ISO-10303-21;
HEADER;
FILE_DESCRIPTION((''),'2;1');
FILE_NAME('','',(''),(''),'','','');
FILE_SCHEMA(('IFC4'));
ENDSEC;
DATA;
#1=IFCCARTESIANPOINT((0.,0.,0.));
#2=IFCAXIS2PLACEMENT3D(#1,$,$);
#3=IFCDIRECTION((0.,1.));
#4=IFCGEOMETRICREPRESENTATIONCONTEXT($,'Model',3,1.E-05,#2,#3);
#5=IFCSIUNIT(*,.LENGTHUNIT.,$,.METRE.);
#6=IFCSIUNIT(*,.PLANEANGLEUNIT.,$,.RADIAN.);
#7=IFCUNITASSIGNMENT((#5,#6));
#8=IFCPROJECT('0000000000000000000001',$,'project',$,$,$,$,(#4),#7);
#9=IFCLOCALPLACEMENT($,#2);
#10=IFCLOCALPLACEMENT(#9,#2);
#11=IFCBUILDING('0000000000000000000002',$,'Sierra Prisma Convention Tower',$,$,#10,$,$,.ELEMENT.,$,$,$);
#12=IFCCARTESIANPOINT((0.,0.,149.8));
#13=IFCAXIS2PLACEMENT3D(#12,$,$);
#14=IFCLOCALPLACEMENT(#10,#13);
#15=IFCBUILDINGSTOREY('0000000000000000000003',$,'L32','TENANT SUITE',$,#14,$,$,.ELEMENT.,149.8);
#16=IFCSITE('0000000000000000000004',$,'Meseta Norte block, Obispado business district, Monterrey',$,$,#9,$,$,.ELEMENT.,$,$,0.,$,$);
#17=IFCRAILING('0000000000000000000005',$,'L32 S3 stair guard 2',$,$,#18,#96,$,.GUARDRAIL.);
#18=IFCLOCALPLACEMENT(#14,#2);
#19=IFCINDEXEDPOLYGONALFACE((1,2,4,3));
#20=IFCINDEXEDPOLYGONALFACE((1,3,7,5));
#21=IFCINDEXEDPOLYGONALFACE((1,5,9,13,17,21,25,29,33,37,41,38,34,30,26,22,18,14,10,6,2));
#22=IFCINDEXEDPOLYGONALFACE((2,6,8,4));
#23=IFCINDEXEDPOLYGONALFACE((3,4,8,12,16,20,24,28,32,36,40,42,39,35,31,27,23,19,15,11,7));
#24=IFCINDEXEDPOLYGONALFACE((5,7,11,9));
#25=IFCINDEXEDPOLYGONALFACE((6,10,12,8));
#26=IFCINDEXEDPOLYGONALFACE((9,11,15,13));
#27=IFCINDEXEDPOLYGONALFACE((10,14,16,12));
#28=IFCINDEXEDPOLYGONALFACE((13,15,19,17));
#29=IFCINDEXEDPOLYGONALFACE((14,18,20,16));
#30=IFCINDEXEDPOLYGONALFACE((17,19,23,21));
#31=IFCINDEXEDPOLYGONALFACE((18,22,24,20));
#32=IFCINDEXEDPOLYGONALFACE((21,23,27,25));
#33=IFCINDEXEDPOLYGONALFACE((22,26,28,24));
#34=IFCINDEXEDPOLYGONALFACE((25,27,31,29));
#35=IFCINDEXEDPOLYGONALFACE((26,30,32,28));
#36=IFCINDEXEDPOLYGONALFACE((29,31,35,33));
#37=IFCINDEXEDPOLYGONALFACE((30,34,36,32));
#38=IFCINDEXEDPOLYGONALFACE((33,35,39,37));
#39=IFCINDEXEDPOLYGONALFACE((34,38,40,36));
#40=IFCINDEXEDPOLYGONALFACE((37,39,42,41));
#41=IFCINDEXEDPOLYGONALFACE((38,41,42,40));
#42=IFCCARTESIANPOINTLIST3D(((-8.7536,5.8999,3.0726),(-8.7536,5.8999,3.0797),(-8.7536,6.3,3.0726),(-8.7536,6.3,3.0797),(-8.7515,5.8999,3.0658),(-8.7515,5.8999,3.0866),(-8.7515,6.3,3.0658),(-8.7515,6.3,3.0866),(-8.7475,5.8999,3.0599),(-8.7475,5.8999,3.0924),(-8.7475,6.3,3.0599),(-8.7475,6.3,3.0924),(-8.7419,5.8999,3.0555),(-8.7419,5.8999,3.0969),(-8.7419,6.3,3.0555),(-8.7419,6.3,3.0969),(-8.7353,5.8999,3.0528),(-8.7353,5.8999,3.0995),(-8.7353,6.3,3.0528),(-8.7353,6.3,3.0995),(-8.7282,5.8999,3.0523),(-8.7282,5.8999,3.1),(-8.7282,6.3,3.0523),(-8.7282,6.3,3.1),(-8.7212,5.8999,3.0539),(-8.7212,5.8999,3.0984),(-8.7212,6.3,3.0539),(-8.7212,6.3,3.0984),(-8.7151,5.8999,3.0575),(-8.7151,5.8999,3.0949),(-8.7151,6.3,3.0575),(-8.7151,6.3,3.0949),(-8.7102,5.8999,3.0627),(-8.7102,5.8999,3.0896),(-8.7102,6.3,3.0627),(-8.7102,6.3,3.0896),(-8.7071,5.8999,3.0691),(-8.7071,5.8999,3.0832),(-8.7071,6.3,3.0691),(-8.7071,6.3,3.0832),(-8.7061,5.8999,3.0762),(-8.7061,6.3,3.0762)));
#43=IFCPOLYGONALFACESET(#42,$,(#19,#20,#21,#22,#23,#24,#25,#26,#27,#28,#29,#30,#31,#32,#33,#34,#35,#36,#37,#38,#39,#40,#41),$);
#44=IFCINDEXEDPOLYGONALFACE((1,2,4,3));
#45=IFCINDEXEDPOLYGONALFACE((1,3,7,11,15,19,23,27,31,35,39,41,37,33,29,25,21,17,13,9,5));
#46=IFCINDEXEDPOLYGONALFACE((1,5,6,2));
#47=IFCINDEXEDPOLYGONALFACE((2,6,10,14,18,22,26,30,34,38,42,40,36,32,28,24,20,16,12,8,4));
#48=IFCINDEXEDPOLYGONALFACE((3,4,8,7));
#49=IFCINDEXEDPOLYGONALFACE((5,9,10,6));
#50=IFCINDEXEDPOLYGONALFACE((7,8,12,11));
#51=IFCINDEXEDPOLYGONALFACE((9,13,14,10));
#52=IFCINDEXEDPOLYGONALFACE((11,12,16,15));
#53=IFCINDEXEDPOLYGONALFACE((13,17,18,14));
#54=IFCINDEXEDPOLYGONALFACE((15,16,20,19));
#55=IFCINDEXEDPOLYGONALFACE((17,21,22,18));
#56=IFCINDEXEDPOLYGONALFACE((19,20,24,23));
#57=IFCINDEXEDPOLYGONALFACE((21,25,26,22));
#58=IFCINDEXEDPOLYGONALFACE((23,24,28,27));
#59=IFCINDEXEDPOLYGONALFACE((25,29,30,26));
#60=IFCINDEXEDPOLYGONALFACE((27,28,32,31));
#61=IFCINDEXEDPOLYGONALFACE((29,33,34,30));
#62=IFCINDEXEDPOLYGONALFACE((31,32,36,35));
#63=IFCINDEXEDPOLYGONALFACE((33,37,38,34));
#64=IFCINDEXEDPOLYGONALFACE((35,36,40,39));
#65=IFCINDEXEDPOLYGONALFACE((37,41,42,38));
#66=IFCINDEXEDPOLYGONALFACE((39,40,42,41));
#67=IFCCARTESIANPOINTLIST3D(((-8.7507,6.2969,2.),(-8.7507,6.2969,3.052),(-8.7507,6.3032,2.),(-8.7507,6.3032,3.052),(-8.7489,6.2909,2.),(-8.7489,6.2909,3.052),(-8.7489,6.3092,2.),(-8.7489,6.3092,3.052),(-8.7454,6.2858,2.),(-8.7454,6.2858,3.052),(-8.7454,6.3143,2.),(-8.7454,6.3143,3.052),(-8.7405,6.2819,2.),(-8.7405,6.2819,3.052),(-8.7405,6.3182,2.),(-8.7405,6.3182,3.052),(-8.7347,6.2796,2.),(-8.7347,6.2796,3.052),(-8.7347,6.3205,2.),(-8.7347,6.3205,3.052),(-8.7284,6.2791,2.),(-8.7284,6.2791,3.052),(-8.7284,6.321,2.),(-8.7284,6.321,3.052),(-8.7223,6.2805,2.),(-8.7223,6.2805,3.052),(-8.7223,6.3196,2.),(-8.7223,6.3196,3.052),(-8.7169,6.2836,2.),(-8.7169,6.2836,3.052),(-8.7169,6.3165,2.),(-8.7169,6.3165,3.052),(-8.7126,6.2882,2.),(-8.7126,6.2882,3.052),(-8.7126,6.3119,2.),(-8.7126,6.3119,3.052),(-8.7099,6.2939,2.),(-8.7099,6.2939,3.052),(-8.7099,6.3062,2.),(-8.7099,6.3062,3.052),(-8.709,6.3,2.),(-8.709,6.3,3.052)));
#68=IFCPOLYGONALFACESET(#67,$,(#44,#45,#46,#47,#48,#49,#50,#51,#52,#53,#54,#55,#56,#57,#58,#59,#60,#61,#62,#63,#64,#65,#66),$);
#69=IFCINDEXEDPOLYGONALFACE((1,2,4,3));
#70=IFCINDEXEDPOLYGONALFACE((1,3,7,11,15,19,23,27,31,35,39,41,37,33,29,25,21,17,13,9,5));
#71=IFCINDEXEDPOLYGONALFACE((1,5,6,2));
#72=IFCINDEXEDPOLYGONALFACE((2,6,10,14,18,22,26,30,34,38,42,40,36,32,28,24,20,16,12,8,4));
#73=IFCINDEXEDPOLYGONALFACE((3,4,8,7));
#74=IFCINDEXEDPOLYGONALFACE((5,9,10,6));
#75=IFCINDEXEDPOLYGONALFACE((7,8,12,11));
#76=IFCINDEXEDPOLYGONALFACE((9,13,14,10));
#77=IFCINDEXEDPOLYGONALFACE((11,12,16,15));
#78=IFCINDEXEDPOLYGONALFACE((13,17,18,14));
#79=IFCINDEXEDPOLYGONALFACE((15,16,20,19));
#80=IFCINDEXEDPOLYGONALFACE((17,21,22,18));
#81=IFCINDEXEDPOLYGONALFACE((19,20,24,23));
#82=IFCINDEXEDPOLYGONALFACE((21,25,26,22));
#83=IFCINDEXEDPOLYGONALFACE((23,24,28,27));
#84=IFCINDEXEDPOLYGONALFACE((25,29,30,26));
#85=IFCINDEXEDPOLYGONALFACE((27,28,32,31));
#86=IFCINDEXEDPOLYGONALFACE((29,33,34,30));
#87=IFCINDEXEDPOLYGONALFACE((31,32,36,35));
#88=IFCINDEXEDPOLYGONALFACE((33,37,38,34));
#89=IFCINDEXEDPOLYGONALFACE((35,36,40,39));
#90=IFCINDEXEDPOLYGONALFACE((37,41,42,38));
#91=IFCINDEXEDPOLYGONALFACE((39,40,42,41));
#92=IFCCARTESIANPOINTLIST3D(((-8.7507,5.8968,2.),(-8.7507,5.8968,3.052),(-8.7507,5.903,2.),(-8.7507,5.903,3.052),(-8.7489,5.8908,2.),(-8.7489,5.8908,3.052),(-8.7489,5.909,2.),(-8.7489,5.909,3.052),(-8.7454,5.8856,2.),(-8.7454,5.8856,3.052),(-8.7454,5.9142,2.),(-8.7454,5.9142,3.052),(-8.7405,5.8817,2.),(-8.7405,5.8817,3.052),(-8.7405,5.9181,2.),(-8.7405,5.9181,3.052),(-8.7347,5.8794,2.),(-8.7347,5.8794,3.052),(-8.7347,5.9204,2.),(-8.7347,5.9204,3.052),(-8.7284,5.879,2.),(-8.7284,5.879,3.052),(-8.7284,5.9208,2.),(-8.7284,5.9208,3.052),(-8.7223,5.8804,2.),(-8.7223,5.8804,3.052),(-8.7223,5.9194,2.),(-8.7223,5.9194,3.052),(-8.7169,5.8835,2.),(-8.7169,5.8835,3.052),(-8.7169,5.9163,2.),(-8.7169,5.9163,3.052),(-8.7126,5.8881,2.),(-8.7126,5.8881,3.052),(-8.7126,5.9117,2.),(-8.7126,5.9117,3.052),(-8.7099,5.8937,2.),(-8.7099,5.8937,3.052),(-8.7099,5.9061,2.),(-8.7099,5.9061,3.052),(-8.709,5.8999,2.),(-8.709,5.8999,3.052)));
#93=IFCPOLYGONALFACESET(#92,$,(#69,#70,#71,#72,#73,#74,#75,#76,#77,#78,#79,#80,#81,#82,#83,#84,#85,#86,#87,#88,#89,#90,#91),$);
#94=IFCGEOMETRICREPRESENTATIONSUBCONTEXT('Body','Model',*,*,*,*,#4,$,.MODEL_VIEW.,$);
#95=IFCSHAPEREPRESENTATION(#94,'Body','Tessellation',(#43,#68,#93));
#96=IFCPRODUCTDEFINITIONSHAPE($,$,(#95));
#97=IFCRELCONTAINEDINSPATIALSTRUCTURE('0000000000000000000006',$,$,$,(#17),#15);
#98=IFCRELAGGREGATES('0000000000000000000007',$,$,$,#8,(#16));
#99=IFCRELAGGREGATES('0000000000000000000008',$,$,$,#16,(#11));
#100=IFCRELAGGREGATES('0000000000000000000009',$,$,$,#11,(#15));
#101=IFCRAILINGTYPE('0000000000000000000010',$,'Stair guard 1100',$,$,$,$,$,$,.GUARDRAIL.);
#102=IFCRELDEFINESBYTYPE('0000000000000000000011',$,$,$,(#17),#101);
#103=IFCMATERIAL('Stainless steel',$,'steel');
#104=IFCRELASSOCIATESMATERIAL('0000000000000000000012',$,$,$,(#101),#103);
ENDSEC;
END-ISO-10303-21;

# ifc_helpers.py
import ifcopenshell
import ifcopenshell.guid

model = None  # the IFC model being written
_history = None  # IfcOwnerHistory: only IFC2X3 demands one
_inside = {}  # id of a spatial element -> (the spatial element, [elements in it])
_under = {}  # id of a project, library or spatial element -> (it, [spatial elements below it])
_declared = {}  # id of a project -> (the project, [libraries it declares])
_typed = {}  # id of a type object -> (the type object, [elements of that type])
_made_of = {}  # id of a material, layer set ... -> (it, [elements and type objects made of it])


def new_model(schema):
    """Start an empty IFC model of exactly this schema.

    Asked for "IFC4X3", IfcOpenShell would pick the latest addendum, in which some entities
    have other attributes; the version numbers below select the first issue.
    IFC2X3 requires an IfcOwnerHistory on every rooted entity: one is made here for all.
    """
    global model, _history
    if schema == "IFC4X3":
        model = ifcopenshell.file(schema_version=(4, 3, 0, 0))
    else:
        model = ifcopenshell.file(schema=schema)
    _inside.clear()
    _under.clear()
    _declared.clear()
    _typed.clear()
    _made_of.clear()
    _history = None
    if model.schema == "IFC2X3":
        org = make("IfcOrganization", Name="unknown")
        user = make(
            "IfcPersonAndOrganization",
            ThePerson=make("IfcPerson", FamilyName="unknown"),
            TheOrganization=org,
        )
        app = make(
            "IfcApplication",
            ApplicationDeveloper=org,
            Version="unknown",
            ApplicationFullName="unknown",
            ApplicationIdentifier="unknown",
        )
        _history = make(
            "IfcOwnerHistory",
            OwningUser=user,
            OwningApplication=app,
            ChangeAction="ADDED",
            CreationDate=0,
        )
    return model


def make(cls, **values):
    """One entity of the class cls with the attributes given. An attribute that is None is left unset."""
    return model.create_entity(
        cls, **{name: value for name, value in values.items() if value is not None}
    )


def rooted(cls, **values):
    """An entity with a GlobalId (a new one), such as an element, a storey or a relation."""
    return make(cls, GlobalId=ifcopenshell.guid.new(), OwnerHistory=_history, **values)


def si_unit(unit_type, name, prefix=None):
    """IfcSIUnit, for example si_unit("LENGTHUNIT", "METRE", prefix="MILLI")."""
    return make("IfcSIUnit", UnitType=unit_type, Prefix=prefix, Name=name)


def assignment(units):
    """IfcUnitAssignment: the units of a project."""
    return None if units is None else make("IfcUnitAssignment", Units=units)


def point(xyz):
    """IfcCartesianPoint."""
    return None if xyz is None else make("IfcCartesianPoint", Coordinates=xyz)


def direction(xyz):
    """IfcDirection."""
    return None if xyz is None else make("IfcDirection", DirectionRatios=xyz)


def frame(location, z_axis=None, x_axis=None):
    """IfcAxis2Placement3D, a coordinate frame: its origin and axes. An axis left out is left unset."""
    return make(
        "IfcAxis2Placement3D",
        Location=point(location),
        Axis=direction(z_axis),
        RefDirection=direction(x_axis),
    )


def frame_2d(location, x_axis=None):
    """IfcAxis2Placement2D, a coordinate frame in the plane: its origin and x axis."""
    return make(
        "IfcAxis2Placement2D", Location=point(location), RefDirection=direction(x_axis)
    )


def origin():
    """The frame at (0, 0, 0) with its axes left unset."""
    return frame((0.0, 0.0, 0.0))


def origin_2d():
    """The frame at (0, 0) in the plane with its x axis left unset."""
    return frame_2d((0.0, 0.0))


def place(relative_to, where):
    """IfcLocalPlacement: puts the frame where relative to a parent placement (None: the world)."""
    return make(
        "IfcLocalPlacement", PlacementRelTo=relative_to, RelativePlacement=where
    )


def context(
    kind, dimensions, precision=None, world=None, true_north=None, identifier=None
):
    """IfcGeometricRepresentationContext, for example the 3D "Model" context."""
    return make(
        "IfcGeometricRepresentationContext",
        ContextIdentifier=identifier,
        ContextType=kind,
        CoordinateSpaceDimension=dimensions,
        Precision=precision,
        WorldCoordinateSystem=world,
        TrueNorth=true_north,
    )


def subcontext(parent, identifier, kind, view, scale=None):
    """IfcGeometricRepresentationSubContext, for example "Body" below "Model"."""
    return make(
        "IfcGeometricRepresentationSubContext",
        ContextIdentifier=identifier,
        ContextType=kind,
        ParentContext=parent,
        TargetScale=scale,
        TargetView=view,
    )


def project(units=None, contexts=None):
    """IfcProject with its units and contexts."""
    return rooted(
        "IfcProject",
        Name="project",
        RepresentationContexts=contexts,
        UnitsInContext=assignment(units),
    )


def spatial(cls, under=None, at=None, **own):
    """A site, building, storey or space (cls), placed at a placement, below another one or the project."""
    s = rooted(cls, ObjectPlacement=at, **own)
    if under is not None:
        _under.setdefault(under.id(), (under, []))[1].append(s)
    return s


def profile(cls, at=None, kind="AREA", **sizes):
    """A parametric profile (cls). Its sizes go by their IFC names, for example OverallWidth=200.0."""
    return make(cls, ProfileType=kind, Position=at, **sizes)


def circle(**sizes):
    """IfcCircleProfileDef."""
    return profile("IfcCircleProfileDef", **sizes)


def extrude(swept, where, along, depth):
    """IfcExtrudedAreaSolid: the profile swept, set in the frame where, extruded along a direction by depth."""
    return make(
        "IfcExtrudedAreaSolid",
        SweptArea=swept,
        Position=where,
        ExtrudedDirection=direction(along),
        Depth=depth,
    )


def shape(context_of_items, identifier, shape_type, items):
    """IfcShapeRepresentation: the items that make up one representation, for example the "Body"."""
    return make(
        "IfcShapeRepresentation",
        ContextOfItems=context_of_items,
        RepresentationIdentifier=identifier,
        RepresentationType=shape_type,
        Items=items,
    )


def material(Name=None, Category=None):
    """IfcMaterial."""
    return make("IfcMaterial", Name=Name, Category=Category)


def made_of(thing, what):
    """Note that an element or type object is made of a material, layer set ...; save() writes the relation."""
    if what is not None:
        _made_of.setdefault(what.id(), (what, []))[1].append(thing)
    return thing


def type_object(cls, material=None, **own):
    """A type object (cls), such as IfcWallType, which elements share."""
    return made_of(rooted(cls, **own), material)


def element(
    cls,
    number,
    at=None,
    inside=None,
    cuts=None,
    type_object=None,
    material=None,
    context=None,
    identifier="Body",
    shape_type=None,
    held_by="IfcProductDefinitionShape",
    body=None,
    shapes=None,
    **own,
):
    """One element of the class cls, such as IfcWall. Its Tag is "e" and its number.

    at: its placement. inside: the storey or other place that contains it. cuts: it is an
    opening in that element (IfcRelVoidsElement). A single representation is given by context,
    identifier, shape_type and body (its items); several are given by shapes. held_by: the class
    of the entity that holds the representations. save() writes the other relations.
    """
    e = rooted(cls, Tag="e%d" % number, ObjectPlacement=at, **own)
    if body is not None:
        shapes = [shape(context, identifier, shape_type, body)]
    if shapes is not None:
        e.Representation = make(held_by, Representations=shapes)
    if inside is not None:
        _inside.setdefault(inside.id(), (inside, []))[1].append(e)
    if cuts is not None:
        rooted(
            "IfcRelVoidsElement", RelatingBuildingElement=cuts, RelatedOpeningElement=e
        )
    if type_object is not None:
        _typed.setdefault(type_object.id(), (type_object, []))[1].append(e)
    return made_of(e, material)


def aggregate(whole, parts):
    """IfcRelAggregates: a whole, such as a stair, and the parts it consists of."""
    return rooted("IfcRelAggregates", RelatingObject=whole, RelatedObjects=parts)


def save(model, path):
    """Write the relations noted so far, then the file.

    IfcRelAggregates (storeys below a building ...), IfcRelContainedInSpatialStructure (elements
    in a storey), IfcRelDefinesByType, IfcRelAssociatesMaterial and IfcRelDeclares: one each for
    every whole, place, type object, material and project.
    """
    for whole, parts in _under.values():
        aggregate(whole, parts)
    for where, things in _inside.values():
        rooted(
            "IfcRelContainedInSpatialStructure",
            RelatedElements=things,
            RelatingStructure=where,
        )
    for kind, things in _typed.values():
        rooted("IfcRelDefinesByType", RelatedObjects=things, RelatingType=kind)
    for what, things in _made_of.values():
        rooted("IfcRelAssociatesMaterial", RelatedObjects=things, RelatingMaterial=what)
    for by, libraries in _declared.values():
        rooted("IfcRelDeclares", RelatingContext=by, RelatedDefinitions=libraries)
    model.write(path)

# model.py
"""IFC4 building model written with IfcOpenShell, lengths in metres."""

from ifc_helpers import new_model, si_unit, direction, frame, origin, origin_2d, place, context, subcontext, project, spatial, circle, extrude, material, type_object, element, save


model = new_model("IFC4")

# Units and contexts
model_context = context("Model", 3, precision=1e-05, world=origin(), true_north=direction((0.0, 1.0)))
body_context = subcontext(model_context, "Body", "Model", "MODEL_VIEW")
ifc_project = project(units=[si_unit("LENGTHUNIT", "METRE"), si_unit("PLANEANGLEUNIT", "RADIAN")], contexts=[model_context])

# Site, building, storey
site_placement = place(None, origin())
site = spatial("IfcSite", under=ifc_project, at=site_placement, Name="Meseta Norte block, Obispado business district, Monterrey", CompositionType="ELEMENT", RefElevation=0.0)
building_placement = place(site_placement, origin())
building = spatial("IfcBuilding", under=site, at=building_placement, Name="Sierra Prisma Convention Tower", CompositionType="ELEMENT")
storey_placement = place(building_placement, frame((0.0, 0.0, 149.8)))
storey = spatial("IfcBuildingStorey", under=building, at=storey_placement, Name="L32", Description="TENANT SUITE", CompositionType="ELEMENT", Elevation=149.8)

# Railing
ifc_material_1 = material(Name="Stainless steel", Category="steel")
railing_type = type_object("IfcRailingType", Name="Stair guard 1100", PredefinedType="GUARDRAIL", material=ifc_material_1)
railing_placement = place(storey_placement, frame((-8.73, 6.3, 2.0)))
element("IfcRailing", 1, at=railing_placement, inside=storey, type_object=railing_type, Name="L32 S3 stair guard 2", PredefinedType="GUARDRAIL", context=body_context, shape_type="SweptSolid", body=[
    extrude(circle(Radius=0.0239, at=origin_2d()), frame((0.0, 0.0, 1.0762), z_axis=(0.0, -1.0, 0.0), x_axis=(1.0, 0.0, 0.0)), (0.0, 0.0, 1.0), 0.4001),
    extrude(circle(Radius=0.021, at=origin_2d()), origin(), (0.0, 0.0, 1.0), 1.052),
    extrude(circle(Radius=0.021, at=origin_2d()), frame((0.0, -0.4001, 0.0)), (0.0, 0.0, 1.0), 1.052),
])

save(model, "model.ifc")
